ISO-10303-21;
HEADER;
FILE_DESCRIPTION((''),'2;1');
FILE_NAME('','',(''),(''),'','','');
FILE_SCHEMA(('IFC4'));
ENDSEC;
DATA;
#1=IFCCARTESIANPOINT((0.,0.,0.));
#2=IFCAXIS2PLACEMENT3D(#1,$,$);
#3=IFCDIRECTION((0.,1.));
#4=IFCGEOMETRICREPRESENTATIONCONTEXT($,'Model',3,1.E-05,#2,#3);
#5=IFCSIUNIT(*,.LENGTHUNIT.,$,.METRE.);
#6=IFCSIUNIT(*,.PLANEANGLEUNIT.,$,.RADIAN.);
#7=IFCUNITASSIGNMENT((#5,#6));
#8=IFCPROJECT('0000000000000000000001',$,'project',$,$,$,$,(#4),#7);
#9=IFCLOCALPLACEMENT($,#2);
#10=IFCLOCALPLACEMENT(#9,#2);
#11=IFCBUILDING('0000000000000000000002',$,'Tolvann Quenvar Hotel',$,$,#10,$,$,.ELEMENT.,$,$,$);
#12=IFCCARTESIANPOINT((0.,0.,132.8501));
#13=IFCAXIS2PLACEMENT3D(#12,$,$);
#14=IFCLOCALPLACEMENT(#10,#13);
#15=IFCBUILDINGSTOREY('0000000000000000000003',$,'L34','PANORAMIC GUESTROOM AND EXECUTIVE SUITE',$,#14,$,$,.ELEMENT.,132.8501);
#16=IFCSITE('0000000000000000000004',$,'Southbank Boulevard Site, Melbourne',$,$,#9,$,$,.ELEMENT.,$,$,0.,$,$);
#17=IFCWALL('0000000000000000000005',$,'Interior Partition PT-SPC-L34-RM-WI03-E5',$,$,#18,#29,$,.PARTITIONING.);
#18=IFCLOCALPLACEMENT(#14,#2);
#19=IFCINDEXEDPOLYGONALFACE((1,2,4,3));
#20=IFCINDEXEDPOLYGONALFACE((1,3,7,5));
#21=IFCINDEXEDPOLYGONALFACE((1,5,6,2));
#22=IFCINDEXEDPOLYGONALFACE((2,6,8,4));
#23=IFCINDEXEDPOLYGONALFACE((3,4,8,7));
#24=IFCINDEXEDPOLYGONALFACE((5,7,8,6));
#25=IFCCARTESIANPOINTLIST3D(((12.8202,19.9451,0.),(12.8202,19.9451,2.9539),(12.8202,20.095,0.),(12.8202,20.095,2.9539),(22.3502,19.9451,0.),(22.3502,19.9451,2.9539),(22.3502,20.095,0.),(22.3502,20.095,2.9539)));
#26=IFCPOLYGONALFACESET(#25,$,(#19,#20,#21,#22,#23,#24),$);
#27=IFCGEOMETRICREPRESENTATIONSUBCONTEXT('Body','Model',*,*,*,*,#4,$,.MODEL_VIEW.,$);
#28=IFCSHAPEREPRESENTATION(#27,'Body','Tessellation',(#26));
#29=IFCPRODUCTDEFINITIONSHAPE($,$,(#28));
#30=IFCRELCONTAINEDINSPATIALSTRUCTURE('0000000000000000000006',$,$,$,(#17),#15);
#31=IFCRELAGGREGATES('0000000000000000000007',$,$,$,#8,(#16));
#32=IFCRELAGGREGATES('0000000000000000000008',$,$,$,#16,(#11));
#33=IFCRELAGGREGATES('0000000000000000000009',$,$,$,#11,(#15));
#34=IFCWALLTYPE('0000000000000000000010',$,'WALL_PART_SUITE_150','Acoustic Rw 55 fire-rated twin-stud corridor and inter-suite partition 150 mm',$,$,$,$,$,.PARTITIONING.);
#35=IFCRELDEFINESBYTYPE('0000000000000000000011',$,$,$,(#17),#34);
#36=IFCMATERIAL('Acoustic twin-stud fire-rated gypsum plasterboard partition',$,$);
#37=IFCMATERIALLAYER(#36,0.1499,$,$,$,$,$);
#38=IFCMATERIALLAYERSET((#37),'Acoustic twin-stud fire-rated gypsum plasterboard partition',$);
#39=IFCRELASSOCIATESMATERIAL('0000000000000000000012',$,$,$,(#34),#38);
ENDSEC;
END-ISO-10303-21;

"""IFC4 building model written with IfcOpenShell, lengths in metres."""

from ifc_helpers import new_model, si_unit, direction, frame, frame_2d, origin, place, context, subcontext, project, spatial, rectangle, extrude, material, layer, layer_set, type_object, element, save


model = new_model("IFC4")

# Units and contexts
model_context = context("Model", 3, precision=1e-05, world=origin(), true_north=direction((0.0, 1.0)))
body_context = subcontext(model_context, "Body", "Model", "MODEL_VIEW")
ifc_project = project(units=[si_unit("LENGTHUNIT", "METRE"), si_unit("PLANEANGLEUNIT", "RADIAN")], contexts=[model_context])

# Site, building, storey
site_placement = place(None, origin())
site = spatial("IfcSite", under=ifc_project, at=site_placement, Name="Southbank Boulevard Site, Melbourne", CompositionType="ELEMENT", RefElevation=0.0)
building_placement = place(site_placement, origin())
building = spatial("IfcBuilding", under=site, at=building_placement, Name="Tolvann Quenvar Hotel", CompositionType="ELEMENT")
storey_placement = place(building_placement, frame((0.0, 0.0, 132.8501)))
storey = spatial("IfcBuildingStorey", under=building, at=storey_placement, Name="L34", Description="PANORAMIC GUESTROOM AND EXECUTIVE SUITE", CompositionType="ELEMENT", Elevation=132.8501)

# Shared definitions
ifc_material_1 = material(Name="Acoustic twin-stud fire-rated gypsum plasterboard partition")

# Shared definitions
ifc_layer_1 = layer(ifc_material_1, 0.1499)
ifc_layer_set_1 = layer_set([ifc_layer_1], Name="Acoustic twin-stud fire-rated gypsum plasterboard partition")
wall_type_1 = type_object("IfcWallType", Name="WALL_PART_SUITE_150", Description="Acoustic Rw 55 fire-rated twin-stud corridor and inter-suite partition 150 mm", PredefinedType="PARTITIONING", material=ifc_layer_set_1)

# Wall
wall_1_placement = place(storey_placement, frame((12.8201, 20.02, 0.0), z_axis=(0.0, 0.0, 1.0), x_axis=(1.0, 0.0, 0.0)))
element("IfcWall", 1, at=wall_1_placement, inside=storey, type_object=wall_type_1, Name="Interior Partition PT-SPC-L34-RM-WI03-E5", PredefinedType="PARTITIONING", context=body_context, shape_type="SweptSolid", body=[
    extrude(rectangle(XDim=9.53, YDim=0.1499, at=frame_2d((4.7651, 0.0))), origin(), (0.0, 0.0, 1.0), 2.9539),
])

save(model, "model.ifc")
